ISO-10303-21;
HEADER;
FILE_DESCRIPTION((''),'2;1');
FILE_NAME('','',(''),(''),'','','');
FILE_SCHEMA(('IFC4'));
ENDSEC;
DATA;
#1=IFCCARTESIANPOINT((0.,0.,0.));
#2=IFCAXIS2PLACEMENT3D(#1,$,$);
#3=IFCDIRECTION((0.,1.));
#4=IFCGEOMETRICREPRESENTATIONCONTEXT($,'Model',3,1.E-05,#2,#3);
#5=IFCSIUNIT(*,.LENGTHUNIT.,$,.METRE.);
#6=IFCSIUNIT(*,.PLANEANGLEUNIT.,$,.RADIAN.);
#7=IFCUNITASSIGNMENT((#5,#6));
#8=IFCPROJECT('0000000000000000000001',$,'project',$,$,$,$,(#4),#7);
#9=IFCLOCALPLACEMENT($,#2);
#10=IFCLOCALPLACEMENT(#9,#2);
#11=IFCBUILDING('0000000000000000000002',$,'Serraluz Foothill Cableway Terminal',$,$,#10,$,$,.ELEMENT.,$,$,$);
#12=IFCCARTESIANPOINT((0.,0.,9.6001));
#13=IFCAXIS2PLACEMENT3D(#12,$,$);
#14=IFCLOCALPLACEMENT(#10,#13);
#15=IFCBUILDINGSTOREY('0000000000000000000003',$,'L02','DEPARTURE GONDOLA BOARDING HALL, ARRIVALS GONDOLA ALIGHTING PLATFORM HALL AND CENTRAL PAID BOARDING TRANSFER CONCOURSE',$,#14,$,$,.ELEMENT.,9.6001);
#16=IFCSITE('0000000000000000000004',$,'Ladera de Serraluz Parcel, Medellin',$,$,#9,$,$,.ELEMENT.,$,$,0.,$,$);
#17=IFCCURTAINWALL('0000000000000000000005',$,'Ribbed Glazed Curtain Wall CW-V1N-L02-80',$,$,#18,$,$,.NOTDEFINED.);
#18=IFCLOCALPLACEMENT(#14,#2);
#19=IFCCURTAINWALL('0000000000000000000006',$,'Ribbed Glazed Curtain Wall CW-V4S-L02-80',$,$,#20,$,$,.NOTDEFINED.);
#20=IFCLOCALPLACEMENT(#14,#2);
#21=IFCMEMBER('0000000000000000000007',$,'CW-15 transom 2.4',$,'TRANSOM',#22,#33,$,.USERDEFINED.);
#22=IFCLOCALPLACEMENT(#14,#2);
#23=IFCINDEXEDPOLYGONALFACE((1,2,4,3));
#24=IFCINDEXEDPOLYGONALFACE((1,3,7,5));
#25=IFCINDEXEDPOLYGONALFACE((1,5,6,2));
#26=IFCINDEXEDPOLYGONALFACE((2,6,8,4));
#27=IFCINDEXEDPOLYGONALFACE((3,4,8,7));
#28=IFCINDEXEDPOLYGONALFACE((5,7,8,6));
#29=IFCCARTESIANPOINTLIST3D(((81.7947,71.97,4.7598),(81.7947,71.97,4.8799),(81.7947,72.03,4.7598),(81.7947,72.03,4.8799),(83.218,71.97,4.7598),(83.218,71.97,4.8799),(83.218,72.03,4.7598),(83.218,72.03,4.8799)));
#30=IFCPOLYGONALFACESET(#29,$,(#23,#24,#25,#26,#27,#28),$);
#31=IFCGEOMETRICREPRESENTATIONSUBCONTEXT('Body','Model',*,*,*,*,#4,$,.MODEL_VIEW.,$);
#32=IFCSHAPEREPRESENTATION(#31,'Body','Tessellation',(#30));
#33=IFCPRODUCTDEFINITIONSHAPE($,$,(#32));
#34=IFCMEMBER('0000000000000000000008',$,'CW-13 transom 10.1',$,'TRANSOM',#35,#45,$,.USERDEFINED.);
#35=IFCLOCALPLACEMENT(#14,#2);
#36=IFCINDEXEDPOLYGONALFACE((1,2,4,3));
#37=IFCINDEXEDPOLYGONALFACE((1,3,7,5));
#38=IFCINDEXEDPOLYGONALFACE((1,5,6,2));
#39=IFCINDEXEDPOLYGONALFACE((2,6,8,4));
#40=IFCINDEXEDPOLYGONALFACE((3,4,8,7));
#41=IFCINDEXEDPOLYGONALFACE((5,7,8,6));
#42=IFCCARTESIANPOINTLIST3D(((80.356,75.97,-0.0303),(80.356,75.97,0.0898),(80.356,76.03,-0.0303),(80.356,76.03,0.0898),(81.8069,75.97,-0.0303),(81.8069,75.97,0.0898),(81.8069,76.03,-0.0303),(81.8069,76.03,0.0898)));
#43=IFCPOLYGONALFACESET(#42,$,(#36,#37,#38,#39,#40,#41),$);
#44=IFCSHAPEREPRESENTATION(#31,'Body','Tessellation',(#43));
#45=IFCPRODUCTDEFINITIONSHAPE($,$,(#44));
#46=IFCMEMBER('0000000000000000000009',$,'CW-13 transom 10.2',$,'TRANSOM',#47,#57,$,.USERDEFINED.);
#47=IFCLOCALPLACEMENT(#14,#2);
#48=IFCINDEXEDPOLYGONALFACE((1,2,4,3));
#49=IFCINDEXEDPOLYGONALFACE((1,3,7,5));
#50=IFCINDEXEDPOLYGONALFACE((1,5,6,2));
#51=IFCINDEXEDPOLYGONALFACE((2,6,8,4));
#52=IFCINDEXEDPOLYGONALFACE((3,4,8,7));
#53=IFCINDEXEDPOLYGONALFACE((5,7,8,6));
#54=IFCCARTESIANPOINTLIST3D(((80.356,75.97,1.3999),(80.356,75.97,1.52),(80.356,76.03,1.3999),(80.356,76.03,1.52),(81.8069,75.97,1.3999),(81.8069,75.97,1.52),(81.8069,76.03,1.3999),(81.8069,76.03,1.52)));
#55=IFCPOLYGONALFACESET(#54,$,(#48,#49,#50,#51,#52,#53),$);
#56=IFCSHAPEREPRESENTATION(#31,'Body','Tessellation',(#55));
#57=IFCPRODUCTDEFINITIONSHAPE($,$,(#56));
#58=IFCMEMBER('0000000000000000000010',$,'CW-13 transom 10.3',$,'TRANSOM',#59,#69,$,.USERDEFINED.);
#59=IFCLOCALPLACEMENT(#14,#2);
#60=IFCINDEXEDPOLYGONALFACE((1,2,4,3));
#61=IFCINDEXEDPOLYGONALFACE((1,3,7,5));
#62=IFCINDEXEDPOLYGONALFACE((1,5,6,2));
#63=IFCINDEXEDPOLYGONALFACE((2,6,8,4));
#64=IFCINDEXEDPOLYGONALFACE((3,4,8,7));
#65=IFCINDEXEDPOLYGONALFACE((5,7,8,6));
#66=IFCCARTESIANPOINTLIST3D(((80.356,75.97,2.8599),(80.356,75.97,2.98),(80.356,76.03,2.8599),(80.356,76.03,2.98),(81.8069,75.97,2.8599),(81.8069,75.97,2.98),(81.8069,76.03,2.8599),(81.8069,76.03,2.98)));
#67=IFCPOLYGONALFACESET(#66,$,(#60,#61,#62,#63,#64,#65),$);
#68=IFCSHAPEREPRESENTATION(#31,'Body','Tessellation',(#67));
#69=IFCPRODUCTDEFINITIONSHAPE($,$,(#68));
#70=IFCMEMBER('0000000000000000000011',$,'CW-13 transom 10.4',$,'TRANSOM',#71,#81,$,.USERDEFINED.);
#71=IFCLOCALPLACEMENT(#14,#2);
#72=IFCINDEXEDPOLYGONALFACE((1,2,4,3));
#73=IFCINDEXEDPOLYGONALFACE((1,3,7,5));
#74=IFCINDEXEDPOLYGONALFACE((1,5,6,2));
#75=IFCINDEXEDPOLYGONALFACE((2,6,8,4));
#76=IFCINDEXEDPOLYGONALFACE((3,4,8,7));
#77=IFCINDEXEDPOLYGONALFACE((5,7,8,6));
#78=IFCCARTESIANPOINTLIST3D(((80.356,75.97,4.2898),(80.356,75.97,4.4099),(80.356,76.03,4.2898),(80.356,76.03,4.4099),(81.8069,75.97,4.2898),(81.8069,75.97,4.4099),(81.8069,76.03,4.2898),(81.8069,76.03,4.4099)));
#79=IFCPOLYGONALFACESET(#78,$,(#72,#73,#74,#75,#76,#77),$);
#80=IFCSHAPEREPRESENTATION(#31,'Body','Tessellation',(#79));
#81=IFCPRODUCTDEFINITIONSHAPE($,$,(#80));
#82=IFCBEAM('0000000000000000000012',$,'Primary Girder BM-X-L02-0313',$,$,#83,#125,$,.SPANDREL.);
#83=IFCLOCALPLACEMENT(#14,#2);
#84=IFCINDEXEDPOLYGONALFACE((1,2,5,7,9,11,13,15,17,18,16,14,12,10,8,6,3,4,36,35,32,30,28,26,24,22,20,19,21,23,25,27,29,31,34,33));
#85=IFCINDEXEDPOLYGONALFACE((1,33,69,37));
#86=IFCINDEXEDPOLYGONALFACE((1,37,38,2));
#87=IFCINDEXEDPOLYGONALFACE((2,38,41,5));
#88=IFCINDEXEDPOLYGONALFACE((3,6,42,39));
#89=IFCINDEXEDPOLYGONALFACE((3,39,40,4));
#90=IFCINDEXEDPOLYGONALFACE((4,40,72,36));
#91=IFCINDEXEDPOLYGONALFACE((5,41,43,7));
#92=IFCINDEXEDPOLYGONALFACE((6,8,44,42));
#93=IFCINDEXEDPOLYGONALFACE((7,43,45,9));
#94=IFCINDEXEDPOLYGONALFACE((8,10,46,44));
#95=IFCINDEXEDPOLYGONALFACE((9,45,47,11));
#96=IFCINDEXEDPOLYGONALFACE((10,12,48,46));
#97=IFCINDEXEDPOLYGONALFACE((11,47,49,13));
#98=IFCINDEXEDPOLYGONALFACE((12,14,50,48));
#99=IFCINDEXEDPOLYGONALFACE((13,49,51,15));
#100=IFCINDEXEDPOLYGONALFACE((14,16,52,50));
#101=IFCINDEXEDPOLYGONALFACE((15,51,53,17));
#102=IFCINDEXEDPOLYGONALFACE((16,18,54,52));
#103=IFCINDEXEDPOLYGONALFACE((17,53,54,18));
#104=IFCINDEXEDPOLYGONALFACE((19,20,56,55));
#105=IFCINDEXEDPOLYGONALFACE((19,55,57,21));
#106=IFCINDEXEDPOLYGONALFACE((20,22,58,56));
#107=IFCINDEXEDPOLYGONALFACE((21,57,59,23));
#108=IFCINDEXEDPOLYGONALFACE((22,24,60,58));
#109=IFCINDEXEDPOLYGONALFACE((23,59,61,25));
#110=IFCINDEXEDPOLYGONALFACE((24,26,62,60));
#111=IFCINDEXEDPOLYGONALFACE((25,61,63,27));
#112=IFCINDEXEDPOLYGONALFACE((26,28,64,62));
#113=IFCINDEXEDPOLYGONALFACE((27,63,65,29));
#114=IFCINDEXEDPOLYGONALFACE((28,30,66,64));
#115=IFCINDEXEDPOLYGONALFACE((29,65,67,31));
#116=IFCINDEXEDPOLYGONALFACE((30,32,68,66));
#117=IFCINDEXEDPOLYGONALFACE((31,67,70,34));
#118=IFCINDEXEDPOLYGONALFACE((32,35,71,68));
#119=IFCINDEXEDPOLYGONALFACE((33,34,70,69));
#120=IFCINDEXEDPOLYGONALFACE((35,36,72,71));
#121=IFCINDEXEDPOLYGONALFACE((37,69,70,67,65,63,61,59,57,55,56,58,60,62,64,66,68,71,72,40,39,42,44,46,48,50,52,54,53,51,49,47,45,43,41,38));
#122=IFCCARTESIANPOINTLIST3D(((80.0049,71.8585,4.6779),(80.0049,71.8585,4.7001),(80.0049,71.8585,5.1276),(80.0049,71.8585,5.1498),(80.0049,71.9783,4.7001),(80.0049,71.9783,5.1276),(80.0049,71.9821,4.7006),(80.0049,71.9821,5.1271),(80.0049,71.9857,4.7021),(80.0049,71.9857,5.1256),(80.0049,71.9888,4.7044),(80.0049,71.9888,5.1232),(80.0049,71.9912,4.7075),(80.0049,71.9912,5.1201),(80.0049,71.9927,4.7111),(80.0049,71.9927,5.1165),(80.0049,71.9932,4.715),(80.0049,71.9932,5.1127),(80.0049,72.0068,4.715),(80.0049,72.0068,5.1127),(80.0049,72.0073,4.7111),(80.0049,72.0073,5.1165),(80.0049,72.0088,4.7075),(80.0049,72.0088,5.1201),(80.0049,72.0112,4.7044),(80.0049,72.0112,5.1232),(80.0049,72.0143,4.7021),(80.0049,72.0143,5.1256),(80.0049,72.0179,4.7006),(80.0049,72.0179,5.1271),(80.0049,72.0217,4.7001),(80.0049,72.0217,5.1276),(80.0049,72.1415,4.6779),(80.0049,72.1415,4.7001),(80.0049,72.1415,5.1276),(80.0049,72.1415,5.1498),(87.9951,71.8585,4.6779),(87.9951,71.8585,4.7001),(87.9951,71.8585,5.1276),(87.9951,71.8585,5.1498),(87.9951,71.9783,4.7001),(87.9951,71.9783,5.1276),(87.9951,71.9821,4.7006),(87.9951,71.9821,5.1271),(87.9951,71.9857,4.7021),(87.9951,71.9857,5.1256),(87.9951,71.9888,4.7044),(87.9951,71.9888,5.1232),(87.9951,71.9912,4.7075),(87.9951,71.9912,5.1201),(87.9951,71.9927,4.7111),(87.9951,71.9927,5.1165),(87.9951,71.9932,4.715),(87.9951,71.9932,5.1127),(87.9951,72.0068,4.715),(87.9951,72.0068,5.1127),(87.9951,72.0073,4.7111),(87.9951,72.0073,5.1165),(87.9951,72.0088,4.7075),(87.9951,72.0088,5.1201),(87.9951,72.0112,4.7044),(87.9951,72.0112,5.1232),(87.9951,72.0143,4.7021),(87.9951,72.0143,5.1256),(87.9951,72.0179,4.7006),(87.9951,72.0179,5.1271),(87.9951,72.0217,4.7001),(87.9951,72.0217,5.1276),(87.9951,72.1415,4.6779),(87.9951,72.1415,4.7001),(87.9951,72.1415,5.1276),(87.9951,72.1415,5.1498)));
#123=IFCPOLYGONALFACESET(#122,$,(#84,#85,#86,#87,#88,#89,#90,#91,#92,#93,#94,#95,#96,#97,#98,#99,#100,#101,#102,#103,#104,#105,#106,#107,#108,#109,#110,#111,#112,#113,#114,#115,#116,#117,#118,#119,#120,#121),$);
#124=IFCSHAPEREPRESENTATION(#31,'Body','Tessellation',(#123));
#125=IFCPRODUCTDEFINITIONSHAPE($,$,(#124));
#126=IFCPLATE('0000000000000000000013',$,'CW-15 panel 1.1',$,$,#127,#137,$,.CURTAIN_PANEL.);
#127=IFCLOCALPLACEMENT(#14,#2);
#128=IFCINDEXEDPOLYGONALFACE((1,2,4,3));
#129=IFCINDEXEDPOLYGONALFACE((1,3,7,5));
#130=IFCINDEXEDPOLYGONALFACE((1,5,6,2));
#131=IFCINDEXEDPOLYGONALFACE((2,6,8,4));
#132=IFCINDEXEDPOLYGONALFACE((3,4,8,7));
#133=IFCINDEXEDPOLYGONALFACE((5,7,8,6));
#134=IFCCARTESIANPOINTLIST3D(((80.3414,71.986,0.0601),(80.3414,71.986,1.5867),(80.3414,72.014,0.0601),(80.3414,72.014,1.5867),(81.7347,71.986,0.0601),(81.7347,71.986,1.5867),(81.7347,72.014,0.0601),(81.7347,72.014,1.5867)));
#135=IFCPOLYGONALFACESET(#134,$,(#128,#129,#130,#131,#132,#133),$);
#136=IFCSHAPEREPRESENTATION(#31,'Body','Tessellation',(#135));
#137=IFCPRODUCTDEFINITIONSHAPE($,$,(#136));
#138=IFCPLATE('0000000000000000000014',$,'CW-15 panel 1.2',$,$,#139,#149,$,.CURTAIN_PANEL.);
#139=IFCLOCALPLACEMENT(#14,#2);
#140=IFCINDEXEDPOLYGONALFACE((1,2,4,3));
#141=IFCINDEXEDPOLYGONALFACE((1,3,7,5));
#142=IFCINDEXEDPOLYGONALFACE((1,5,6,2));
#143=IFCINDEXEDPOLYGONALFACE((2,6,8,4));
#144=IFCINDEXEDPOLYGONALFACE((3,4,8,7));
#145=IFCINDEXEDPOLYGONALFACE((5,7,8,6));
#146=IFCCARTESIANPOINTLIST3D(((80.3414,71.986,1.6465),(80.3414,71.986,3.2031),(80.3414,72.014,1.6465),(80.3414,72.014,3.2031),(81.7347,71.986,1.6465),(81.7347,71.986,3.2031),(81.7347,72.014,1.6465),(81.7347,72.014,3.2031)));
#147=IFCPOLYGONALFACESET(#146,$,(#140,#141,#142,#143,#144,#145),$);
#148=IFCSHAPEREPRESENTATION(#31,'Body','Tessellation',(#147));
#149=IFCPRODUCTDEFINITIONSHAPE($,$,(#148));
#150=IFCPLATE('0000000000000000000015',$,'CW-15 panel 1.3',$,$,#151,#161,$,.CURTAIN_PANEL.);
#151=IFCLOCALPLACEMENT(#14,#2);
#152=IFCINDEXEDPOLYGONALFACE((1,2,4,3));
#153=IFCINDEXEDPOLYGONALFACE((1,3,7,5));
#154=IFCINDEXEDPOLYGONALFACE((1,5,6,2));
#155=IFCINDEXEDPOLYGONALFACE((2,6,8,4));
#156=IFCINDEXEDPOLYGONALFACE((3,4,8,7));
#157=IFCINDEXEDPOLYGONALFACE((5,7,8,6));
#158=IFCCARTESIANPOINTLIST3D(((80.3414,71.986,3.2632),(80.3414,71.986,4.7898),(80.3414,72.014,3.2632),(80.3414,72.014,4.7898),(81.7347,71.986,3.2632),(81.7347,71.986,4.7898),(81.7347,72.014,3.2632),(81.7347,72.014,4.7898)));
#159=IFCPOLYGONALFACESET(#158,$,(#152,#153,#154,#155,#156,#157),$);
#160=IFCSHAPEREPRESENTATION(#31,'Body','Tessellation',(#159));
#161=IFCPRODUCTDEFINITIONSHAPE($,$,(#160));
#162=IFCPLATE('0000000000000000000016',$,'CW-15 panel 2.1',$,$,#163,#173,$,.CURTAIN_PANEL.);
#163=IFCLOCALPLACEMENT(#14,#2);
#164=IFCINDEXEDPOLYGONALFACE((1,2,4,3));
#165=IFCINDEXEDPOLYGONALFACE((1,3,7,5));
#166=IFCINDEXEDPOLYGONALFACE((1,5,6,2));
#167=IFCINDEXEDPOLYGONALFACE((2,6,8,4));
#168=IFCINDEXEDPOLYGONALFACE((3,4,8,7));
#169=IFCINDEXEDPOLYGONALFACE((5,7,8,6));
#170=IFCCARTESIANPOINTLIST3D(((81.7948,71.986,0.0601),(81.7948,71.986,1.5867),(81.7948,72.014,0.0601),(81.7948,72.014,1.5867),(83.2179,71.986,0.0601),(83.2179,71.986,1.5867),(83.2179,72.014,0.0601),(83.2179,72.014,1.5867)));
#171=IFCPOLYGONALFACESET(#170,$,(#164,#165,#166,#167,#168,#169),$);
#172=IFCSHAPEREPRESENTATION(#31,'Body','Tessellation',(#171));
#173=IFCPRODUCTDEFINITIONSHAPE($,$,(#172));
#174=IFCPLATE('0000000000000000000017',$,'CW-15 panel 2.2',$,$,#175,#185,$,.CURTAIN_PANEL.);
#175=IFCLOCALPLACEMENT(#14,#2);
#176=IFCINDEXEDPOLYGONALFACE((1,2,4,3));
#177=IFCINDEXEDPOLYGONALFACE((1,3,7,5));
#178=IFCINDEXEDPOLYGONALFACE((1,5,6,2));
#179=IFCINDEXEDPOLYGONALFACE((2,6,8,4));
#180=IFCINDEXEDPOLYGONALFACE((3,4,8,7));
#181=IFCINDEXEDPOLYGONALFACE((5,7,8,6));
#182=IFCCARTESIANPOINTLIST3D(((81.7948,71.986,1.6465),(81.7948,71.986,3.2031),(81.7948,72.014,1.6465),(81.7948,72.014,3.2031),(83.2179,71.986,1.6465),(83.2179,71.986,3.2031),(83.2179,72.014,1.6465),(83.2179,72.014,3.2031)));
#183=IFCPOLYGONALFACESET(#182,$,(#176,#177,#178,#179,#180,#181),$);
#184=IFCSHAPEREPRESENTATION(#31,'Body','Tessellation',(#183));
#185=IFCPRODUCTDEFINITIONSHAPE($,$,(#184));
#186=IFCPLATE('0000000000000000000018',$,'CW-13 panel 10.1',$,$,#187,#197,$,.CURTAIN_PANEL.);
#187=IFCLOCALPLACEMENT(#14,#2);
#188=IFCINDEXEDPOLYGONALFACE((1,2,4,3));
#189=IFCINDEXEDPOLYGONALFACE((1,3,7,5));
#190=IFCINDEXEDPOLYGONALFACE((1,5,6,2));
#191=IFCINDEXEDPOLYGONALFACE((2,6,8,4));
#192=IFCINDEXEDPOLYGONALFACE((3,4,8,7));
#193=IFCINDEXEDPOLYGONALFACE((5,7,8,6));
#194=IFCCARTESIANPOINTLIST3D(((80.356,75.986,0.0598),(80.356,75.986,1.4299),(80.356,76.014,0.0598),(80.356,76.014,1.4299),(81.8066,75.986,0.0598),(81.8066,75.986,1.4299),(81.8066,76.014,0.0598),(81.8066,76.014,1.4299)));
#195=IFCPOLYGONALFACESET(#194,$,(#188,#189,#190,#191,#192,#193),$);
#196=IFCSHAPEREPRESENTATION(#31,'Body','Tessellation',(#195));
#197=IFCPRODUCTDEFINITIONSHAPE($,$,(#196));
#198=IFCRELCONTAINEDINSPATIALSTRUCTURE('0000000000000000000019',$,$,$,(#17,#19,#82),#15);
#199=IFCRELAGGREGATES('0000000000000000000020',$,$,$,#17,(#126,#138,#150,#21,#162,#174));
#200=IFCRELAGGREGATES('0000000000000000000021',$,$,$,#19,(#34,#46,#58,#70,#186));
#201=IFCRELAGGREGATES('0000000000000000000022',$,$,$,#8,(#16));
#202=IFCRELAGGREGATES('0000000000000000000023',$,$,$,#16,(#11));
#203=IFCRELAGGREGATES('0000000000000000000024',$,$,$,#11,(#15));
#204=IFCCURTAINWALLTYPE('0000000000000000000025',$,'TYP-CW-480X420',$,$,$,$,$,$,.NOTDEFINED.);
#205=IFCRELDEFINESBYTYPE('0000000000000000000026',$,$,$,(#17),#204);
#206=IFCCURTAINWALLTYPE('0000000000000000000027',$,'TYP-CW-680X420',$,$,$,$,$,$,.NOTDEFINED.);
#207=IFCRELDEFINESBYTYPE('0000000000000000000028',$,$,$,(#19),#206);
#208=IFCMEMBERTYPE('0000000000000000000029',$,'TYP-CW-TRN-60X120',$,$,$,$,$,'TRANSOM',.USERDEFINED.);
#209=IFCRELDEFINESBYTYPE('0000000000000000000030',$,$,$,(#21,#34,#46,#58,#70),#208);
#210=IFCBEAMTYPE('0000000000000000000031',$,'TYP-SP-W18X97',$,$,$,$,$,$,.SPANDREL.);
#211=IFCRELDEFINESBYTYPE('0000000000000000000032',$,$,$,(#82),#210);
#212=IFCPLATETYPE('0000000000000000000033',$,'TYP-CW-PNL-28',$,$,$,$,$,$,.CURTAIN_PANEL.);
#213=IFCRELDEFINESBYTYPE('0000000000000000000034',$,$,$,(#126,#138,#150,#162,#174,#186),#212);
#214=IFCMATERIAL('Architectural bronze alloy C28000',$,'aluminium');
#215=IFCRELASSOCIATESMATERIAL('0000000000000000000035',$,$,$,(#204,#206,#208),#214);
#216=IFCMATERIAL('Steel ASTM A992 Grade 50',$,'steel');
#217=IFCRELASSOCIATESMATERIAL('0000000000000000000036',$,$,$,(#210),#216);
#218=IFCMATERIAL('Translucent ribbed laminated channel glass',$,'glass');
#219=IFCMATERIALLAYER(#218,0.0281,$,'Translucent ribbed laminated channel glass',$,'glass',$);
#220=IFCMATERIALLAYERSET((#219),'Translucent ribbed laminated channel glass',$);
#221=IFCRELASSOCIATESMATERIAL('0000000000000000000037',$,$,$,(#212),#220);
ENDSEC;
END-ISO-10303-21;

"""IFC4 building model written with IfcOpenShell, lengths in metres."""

from ifc_helpers import new_model, si_unit, direction, frame, origin, origin_2d, place, context, subcontext, project, spatial, rectangle, i_section, extrude, material, layer, layer_set, material_profile, profile_set, type_object, element, aggregate, save


model = new_model("IFC4")

# Units and contexts
model_context = context("Model", 3, precision=1e-05, world=origin(), true_north=direction((0.0, 1.0)))
body_context = subcontext(model_context, "Body", "Model", "MODEL_VIEW")
ifc_project = project(units=[si_unit("LENGTHUNIT", "METRE"), si_unit("PLANEANGLEUNIT", "RADIAN")], contexts=[model_context])

# Site, building, storey
site_placement = place(None, origin())
site = spatial("IfcSite", under=ifc_project, at=site_placement, Name="Ladera de Serraluz Parcel, Medellin", CompositionType="ELEMENT", RefElevation=0.0)
building_placement = place(site_placement, origin())
building = spatial("IfcBuilding", under=site, at=building_placement, Name="Serraluz Foothill Cableway Terminal", CompositionType="ELEMENT")
storey_placement = place(building_placement, frame((0.0, 0.0, 9.6001)))
storey = spatial("IfcBuildingStorey", under=building, at=storey_placement, Name="L02", Description="DEPARTURE GONDOLA BOARDING HALL, ARRIVALS GONDOLA ALIGHTING PLATFORM HALL AND CENTRAL PAID BOARDING TRANSFER CONCOURSE", CompositionType="ELEMENT", Elevation=9.6001)

# Shared definitions
ifc_material_1 = material(Name="Steel ASTM A992 Grade 50", Category="steel")

# Curtain walls
ifc_material_2 = material(Name="Architectural bronze alloy C28000", Category="aluminium")
curtain_wall_type_1 = type_object("IfcCurtainWallType", Name="TYP-CW-480X420", PredefinedType="NOTDEFINED", material=ifc_material_2)
curtain_wall_1_placement = place(storey_placement, origin())
curtain_wall_1 = element("IfcCurtainWall", 1, at=curtain_wall_1_placement, inside=storey, type_object=curtain_wall_type_1, Name="Ribbed Glazed Curtain Wall CW-V1N-L02-80", PredefinedType="NOTDEFINED")
curtain_wall_type_2 = type_object("IfcCurtainWallType", Name="TYP-CW-680X420", PredefinedType="NOTDEFINED", material=ifc_material_2)
curtain_wall_2_placement = place(storey_placement, origin())
curtain_wall_2 = element("IfcCurtainWall", 2, at=curtain_wall_2_placement, inside=storey, type_object=curtain_wall_type_2, Name="Ribbed Glazed Curtain Wall CW-V4S-L02-80", PredefinedType="NOTDEFINED")

# Members
ifc_material_profile_1 = material_profile(ifc_material_2, rectangle(XDim=0.0601, YDim=0.1201, at=origin_2d()), Name="ALU TRANSOM 60x120")
ifc_profile_set_1 = profile_set([ifc_material_profile_1], Name="Architectural bronze alloy C28000")
member_type_1 = type_object("IfcMemberType", Name="TYP-CW-TRN-60X120", ElementType="TRANSOM", PredefinedType="USERDEFINED", material=ifc_profile_set_1)
member_1_placement = place(storey_placement, frame((81.7947, 72.0, 4.8198), z_axis=(1.0, 0.0, 0.0), x_axis=(0.0, 1.0, 0.0)))
member_1 = element("IfcMember", 3, at=member_1_placement, type_object=member_type_1, Name="CW-15 transom 2.4", ObjectType="TRANSOM", PredefinedType="USERDEFINED", context=body_context, shape_type="SweptSolid", body=[
    extrude(rectangle(XDim=0.0601, YDim=0.1201, at=origin_2d()), origin(), (0.0, 0.0, 1.0), 1.4233),
])
member_2_placement = place(storey_placement, frame((81.8069, 76.0, 0.0298), z_axis=(-1.0, 0.0, 0.0), x_axis=(0.0, -1.0, 0.0)))
member_2 = element("IfcMember", 4, at=member_2_placement, type_object=member_type_1, Name="CW-13 transom 10.1", ObjectType="TRANSOM", PredefinedType="USERDEFINED", context=body_context, shape_type="SweptSolid", body=[
    extrude(rectangle(XDim=0.0601, YDim=0.1201, at=origin_2d()), origin(), (0.0, 0.0, 1.0), 1.4509),
])
member_3_placement = place(storey_placement, frame((81.8069, 76.0, 1.46), z_axis=(-1.0, 0.0, 0.0), x_axis=(0.0, -1.0, 0.0)))
member_3 = element("IfcMember", 5, at=member_3_placement, type_object=member_type_1, Name="CW-13 transom 10.2", ObjectType="TRANSOM", PredefinedType="USERDEFINED", context=body_context, shape_type="SweptSolid", body=[
    extrude(rectangle(XDim=0.0601, YDim=0.1201, at=origin_2d()), origin(), (0.0, 0.0, 1.0), 1.4509),
])
member_4_placement = place(storey_placement, frame((81.8069, 76.0, 2.9199), z_axis=(-1.0, 0.0, 0.0), x_axis=(0.0, -1.0, 0.0)))
member_4 = element("IfcMember", 6, at=member_4_placement, type_object=member_type_1, Name="CW-13 transom 10.3", ObjectType="TRANSOM", PredefinedType="USERDEFINED", context=body_context, shape_type="SweptSolid", body=[
    extrude(rectangle(XDim=0.0601, YDim=0.1201, at=origin_2d()), origin(), (0.0, 0.0, 1.0), 1.4509),
])
member_5_placement = place(storey_placement, frame((81.8069, 76.0, 4.3499), z_axis=(-1.0, 0.0, 0.0), x_axis=(0.0, -1.0, 0.0)))
member_5 = element("IfcMember", 7, at=member_5_placement, type_object=member_type_1, Name="CW-13 transom 10.4", ObjectType="TRANSOM", PredefinedType="USERDEFINED", context=body_context, shape_type="SweptSolid", body=[
    extrude(rectangle(XDim=0.0601, YDim=0.1201, at=origin_2d()), origin(), (0.0, 0.0, 1.0), 1.4509),
])

# Beam
ifc_material_profile_2 = material_profile(ifc_material_1, i_section(OverallWidth=0.283, OverallDepth=0.4719, WebThickness=0.0137, FlangeThickness=0.0222, FilletRadius=0.0149, at=origin_2d()), Name="W18X97")
ifc_profile_set_2 = profile_set([ifc_material_profile_2], Name="Steel ASTM A992 Grade 50")
beam_type_1 = type_object("IfcBeamType", Name="TYP-SP-W18X97", PredefinedType="SPANDREL", material=ifc_profile_set_2)
beam_1_placement = place(storey_placement, frame((80.0049, 72.0, 4.9138), z_axis=(1.0, 0.0, 0.0), x_axis=(0.0, 1.0, 0.0)))
element("IfcBeam", 8, at=beam_1_placement, inside=storey, type_object=beam_type_1, Name="Primary Girder BM-X-L02-0313", PredefinedType="SPANDREL", context=body_context, shape_type="SweptSolid", body=[
    extrude(i_section(OverallWidth=0.283, OverallDepth=0.4719, WebThickness=0.0137, FlangeThickness=0.0222, FilletRadius=0.0149, at=origin_2d()), origin(), (0.0, 0.0, 1.0), 7.9902),
])

# Plates
ifc_material_3 = material(Name="Translucent ribbed laminated channel glass", Category="glass")
ifc_layer = layer(ifc_material_3, 0.0281, Name="Translucent ribbed laminated channel glass", Category="glass")
ifc_layer_set = layer_set([ifc_layer], Name="Translucent ribbed laminated channel glass")
plate_type = type_object("IfcPlateType", Name="TYP-CW-PNL-28", PredefinedType="CURTAIN_PANEL", material=ifc_layer_set)
plate_1_placement = place(storey_placement, frame((81.0381, 72.0, 0.0601), z_axis=(0.0, 0.0, 1.0), x_axis=(1.0, 0.0, 0.0)))
plate_1 = element("IfcPlate", 9, at=plate_1_placement, type_object=plate_type, Name="CW-15 panel 1.1", PredefinedType="CURTAIN_PANEL", context=body_context, shape_type="SweptSolid", body=[
    extrude(rectangle(XDim=1.3933, YDim=0.0281, at=origin_2d()), origin(), (0.0, 0.0, 1.0), 1.5266),
])
plate_2_placement = place(storey_placement, frame((81.0381, 72.0, 1.6465), z_axis=(0.0, 0.0, 1.0), x_axis=(1.0, 0.0, 0.0)))
plate_2 = element("IfcPlate", 10, at=plate_2_placement, type_object=plate_type, Name="CW-15 panel 1.2", PredefinedType="CURTAIN_PANEL", context=body_context, shape_type="SweptSolid", body=[
    extrude(rectangle(XDim=1.3933, YDim=0.0281, at=origin_2d()), origin(), (0.0, 0.0, 1.0), 1.5566),
])
plate_3_placement = place(storey_placement, frame((81.0381, 72.0, 3.2632), z_axis=(0.0, 0.0, 1.0), x_axis=(1.0, 0.0, 0.0)))
plate_3 = element("IfcPlate", 11, at=plate_3_placement, type_object=plate_type, Name="CW-15 panel 1.3", PredefinedType="CURTAIN_PANEL", context=body_context, shape_type="SweptSolid", body=[
    extrude(rectangle(XDim=1.3933, YDim=0.0281, at=origin_2d()), origin(), (0.0, 0.0, 1.0), 1.5266),
])
plate_4_placement = place(storey_placement, frame((82.5063, 72.0, 0.0601), z_axis=(0.0, 0.0, 1.0), x_axis=(1.0, 0.0, 0.0)))
plate_4 = element("IfcPlate", 12, at=plate_4_placement, type_object=plate_type, Name="CW-15 panel 2.1", PredefinedType="CURTAIN_PANEL", context=body_context, shape_type="SweptSolid", body=[
    extrude(rectangle(XDim=1.4231, YDim=0.0281, at=origin_2d()), origin(), (0.0, 0.0, 1.0), 1.5266),
])
plate_5_placement = place(storey_placement, frame((82.5063, 72.0, 1.6465), z_axis=(0.0, 0.0, 1.0), x_axis=(1.0, 0.0, 0.0)))
plate_5 = element("IfcPlate", 13, at=plate_5_placement, type_object=plate_type, Name="CW-15 panel 2.2", PredefinedType="CURTAIN_PANEL", context=body_context, shape_type="SweptSolid", body=[
    extrude(rectangle(XDim=1.4231, YDim=0.0281, at=origin_2d()), origin(), (0.0, 0.0, 1.0), 1.5566),
])
aggregate(curtain_wall_1, [plate_1, plate_2, plate_3, member_1, plate_4, plate_5])
plate_6_placement = place(storey_placement, frame((81.0813, 76.0, 0.0598), z_axis=(0.0, 0.0, 1.0), x_axis=(-1.0, 0.0, 0.0)))
plate_6 = element("IfcPlate", 14, at=plate_6_placement, type_object=plate_type, Name="CW-13 panel 10.1", PredefinedType="CURTAIN_PANEL", context=body_context, shape_type="SweptSolid", body=[
    extrude(rectangle(XDim=1.4507, YDim=0.0281, at=origin_2d()), origin(), (0.0, 0.0, 1.0), 1.3701),
])
aggregate(curtain_wall_2, [member_2, member_3, member_4, member_5, plate_6])

save(model, "model.ifc")
